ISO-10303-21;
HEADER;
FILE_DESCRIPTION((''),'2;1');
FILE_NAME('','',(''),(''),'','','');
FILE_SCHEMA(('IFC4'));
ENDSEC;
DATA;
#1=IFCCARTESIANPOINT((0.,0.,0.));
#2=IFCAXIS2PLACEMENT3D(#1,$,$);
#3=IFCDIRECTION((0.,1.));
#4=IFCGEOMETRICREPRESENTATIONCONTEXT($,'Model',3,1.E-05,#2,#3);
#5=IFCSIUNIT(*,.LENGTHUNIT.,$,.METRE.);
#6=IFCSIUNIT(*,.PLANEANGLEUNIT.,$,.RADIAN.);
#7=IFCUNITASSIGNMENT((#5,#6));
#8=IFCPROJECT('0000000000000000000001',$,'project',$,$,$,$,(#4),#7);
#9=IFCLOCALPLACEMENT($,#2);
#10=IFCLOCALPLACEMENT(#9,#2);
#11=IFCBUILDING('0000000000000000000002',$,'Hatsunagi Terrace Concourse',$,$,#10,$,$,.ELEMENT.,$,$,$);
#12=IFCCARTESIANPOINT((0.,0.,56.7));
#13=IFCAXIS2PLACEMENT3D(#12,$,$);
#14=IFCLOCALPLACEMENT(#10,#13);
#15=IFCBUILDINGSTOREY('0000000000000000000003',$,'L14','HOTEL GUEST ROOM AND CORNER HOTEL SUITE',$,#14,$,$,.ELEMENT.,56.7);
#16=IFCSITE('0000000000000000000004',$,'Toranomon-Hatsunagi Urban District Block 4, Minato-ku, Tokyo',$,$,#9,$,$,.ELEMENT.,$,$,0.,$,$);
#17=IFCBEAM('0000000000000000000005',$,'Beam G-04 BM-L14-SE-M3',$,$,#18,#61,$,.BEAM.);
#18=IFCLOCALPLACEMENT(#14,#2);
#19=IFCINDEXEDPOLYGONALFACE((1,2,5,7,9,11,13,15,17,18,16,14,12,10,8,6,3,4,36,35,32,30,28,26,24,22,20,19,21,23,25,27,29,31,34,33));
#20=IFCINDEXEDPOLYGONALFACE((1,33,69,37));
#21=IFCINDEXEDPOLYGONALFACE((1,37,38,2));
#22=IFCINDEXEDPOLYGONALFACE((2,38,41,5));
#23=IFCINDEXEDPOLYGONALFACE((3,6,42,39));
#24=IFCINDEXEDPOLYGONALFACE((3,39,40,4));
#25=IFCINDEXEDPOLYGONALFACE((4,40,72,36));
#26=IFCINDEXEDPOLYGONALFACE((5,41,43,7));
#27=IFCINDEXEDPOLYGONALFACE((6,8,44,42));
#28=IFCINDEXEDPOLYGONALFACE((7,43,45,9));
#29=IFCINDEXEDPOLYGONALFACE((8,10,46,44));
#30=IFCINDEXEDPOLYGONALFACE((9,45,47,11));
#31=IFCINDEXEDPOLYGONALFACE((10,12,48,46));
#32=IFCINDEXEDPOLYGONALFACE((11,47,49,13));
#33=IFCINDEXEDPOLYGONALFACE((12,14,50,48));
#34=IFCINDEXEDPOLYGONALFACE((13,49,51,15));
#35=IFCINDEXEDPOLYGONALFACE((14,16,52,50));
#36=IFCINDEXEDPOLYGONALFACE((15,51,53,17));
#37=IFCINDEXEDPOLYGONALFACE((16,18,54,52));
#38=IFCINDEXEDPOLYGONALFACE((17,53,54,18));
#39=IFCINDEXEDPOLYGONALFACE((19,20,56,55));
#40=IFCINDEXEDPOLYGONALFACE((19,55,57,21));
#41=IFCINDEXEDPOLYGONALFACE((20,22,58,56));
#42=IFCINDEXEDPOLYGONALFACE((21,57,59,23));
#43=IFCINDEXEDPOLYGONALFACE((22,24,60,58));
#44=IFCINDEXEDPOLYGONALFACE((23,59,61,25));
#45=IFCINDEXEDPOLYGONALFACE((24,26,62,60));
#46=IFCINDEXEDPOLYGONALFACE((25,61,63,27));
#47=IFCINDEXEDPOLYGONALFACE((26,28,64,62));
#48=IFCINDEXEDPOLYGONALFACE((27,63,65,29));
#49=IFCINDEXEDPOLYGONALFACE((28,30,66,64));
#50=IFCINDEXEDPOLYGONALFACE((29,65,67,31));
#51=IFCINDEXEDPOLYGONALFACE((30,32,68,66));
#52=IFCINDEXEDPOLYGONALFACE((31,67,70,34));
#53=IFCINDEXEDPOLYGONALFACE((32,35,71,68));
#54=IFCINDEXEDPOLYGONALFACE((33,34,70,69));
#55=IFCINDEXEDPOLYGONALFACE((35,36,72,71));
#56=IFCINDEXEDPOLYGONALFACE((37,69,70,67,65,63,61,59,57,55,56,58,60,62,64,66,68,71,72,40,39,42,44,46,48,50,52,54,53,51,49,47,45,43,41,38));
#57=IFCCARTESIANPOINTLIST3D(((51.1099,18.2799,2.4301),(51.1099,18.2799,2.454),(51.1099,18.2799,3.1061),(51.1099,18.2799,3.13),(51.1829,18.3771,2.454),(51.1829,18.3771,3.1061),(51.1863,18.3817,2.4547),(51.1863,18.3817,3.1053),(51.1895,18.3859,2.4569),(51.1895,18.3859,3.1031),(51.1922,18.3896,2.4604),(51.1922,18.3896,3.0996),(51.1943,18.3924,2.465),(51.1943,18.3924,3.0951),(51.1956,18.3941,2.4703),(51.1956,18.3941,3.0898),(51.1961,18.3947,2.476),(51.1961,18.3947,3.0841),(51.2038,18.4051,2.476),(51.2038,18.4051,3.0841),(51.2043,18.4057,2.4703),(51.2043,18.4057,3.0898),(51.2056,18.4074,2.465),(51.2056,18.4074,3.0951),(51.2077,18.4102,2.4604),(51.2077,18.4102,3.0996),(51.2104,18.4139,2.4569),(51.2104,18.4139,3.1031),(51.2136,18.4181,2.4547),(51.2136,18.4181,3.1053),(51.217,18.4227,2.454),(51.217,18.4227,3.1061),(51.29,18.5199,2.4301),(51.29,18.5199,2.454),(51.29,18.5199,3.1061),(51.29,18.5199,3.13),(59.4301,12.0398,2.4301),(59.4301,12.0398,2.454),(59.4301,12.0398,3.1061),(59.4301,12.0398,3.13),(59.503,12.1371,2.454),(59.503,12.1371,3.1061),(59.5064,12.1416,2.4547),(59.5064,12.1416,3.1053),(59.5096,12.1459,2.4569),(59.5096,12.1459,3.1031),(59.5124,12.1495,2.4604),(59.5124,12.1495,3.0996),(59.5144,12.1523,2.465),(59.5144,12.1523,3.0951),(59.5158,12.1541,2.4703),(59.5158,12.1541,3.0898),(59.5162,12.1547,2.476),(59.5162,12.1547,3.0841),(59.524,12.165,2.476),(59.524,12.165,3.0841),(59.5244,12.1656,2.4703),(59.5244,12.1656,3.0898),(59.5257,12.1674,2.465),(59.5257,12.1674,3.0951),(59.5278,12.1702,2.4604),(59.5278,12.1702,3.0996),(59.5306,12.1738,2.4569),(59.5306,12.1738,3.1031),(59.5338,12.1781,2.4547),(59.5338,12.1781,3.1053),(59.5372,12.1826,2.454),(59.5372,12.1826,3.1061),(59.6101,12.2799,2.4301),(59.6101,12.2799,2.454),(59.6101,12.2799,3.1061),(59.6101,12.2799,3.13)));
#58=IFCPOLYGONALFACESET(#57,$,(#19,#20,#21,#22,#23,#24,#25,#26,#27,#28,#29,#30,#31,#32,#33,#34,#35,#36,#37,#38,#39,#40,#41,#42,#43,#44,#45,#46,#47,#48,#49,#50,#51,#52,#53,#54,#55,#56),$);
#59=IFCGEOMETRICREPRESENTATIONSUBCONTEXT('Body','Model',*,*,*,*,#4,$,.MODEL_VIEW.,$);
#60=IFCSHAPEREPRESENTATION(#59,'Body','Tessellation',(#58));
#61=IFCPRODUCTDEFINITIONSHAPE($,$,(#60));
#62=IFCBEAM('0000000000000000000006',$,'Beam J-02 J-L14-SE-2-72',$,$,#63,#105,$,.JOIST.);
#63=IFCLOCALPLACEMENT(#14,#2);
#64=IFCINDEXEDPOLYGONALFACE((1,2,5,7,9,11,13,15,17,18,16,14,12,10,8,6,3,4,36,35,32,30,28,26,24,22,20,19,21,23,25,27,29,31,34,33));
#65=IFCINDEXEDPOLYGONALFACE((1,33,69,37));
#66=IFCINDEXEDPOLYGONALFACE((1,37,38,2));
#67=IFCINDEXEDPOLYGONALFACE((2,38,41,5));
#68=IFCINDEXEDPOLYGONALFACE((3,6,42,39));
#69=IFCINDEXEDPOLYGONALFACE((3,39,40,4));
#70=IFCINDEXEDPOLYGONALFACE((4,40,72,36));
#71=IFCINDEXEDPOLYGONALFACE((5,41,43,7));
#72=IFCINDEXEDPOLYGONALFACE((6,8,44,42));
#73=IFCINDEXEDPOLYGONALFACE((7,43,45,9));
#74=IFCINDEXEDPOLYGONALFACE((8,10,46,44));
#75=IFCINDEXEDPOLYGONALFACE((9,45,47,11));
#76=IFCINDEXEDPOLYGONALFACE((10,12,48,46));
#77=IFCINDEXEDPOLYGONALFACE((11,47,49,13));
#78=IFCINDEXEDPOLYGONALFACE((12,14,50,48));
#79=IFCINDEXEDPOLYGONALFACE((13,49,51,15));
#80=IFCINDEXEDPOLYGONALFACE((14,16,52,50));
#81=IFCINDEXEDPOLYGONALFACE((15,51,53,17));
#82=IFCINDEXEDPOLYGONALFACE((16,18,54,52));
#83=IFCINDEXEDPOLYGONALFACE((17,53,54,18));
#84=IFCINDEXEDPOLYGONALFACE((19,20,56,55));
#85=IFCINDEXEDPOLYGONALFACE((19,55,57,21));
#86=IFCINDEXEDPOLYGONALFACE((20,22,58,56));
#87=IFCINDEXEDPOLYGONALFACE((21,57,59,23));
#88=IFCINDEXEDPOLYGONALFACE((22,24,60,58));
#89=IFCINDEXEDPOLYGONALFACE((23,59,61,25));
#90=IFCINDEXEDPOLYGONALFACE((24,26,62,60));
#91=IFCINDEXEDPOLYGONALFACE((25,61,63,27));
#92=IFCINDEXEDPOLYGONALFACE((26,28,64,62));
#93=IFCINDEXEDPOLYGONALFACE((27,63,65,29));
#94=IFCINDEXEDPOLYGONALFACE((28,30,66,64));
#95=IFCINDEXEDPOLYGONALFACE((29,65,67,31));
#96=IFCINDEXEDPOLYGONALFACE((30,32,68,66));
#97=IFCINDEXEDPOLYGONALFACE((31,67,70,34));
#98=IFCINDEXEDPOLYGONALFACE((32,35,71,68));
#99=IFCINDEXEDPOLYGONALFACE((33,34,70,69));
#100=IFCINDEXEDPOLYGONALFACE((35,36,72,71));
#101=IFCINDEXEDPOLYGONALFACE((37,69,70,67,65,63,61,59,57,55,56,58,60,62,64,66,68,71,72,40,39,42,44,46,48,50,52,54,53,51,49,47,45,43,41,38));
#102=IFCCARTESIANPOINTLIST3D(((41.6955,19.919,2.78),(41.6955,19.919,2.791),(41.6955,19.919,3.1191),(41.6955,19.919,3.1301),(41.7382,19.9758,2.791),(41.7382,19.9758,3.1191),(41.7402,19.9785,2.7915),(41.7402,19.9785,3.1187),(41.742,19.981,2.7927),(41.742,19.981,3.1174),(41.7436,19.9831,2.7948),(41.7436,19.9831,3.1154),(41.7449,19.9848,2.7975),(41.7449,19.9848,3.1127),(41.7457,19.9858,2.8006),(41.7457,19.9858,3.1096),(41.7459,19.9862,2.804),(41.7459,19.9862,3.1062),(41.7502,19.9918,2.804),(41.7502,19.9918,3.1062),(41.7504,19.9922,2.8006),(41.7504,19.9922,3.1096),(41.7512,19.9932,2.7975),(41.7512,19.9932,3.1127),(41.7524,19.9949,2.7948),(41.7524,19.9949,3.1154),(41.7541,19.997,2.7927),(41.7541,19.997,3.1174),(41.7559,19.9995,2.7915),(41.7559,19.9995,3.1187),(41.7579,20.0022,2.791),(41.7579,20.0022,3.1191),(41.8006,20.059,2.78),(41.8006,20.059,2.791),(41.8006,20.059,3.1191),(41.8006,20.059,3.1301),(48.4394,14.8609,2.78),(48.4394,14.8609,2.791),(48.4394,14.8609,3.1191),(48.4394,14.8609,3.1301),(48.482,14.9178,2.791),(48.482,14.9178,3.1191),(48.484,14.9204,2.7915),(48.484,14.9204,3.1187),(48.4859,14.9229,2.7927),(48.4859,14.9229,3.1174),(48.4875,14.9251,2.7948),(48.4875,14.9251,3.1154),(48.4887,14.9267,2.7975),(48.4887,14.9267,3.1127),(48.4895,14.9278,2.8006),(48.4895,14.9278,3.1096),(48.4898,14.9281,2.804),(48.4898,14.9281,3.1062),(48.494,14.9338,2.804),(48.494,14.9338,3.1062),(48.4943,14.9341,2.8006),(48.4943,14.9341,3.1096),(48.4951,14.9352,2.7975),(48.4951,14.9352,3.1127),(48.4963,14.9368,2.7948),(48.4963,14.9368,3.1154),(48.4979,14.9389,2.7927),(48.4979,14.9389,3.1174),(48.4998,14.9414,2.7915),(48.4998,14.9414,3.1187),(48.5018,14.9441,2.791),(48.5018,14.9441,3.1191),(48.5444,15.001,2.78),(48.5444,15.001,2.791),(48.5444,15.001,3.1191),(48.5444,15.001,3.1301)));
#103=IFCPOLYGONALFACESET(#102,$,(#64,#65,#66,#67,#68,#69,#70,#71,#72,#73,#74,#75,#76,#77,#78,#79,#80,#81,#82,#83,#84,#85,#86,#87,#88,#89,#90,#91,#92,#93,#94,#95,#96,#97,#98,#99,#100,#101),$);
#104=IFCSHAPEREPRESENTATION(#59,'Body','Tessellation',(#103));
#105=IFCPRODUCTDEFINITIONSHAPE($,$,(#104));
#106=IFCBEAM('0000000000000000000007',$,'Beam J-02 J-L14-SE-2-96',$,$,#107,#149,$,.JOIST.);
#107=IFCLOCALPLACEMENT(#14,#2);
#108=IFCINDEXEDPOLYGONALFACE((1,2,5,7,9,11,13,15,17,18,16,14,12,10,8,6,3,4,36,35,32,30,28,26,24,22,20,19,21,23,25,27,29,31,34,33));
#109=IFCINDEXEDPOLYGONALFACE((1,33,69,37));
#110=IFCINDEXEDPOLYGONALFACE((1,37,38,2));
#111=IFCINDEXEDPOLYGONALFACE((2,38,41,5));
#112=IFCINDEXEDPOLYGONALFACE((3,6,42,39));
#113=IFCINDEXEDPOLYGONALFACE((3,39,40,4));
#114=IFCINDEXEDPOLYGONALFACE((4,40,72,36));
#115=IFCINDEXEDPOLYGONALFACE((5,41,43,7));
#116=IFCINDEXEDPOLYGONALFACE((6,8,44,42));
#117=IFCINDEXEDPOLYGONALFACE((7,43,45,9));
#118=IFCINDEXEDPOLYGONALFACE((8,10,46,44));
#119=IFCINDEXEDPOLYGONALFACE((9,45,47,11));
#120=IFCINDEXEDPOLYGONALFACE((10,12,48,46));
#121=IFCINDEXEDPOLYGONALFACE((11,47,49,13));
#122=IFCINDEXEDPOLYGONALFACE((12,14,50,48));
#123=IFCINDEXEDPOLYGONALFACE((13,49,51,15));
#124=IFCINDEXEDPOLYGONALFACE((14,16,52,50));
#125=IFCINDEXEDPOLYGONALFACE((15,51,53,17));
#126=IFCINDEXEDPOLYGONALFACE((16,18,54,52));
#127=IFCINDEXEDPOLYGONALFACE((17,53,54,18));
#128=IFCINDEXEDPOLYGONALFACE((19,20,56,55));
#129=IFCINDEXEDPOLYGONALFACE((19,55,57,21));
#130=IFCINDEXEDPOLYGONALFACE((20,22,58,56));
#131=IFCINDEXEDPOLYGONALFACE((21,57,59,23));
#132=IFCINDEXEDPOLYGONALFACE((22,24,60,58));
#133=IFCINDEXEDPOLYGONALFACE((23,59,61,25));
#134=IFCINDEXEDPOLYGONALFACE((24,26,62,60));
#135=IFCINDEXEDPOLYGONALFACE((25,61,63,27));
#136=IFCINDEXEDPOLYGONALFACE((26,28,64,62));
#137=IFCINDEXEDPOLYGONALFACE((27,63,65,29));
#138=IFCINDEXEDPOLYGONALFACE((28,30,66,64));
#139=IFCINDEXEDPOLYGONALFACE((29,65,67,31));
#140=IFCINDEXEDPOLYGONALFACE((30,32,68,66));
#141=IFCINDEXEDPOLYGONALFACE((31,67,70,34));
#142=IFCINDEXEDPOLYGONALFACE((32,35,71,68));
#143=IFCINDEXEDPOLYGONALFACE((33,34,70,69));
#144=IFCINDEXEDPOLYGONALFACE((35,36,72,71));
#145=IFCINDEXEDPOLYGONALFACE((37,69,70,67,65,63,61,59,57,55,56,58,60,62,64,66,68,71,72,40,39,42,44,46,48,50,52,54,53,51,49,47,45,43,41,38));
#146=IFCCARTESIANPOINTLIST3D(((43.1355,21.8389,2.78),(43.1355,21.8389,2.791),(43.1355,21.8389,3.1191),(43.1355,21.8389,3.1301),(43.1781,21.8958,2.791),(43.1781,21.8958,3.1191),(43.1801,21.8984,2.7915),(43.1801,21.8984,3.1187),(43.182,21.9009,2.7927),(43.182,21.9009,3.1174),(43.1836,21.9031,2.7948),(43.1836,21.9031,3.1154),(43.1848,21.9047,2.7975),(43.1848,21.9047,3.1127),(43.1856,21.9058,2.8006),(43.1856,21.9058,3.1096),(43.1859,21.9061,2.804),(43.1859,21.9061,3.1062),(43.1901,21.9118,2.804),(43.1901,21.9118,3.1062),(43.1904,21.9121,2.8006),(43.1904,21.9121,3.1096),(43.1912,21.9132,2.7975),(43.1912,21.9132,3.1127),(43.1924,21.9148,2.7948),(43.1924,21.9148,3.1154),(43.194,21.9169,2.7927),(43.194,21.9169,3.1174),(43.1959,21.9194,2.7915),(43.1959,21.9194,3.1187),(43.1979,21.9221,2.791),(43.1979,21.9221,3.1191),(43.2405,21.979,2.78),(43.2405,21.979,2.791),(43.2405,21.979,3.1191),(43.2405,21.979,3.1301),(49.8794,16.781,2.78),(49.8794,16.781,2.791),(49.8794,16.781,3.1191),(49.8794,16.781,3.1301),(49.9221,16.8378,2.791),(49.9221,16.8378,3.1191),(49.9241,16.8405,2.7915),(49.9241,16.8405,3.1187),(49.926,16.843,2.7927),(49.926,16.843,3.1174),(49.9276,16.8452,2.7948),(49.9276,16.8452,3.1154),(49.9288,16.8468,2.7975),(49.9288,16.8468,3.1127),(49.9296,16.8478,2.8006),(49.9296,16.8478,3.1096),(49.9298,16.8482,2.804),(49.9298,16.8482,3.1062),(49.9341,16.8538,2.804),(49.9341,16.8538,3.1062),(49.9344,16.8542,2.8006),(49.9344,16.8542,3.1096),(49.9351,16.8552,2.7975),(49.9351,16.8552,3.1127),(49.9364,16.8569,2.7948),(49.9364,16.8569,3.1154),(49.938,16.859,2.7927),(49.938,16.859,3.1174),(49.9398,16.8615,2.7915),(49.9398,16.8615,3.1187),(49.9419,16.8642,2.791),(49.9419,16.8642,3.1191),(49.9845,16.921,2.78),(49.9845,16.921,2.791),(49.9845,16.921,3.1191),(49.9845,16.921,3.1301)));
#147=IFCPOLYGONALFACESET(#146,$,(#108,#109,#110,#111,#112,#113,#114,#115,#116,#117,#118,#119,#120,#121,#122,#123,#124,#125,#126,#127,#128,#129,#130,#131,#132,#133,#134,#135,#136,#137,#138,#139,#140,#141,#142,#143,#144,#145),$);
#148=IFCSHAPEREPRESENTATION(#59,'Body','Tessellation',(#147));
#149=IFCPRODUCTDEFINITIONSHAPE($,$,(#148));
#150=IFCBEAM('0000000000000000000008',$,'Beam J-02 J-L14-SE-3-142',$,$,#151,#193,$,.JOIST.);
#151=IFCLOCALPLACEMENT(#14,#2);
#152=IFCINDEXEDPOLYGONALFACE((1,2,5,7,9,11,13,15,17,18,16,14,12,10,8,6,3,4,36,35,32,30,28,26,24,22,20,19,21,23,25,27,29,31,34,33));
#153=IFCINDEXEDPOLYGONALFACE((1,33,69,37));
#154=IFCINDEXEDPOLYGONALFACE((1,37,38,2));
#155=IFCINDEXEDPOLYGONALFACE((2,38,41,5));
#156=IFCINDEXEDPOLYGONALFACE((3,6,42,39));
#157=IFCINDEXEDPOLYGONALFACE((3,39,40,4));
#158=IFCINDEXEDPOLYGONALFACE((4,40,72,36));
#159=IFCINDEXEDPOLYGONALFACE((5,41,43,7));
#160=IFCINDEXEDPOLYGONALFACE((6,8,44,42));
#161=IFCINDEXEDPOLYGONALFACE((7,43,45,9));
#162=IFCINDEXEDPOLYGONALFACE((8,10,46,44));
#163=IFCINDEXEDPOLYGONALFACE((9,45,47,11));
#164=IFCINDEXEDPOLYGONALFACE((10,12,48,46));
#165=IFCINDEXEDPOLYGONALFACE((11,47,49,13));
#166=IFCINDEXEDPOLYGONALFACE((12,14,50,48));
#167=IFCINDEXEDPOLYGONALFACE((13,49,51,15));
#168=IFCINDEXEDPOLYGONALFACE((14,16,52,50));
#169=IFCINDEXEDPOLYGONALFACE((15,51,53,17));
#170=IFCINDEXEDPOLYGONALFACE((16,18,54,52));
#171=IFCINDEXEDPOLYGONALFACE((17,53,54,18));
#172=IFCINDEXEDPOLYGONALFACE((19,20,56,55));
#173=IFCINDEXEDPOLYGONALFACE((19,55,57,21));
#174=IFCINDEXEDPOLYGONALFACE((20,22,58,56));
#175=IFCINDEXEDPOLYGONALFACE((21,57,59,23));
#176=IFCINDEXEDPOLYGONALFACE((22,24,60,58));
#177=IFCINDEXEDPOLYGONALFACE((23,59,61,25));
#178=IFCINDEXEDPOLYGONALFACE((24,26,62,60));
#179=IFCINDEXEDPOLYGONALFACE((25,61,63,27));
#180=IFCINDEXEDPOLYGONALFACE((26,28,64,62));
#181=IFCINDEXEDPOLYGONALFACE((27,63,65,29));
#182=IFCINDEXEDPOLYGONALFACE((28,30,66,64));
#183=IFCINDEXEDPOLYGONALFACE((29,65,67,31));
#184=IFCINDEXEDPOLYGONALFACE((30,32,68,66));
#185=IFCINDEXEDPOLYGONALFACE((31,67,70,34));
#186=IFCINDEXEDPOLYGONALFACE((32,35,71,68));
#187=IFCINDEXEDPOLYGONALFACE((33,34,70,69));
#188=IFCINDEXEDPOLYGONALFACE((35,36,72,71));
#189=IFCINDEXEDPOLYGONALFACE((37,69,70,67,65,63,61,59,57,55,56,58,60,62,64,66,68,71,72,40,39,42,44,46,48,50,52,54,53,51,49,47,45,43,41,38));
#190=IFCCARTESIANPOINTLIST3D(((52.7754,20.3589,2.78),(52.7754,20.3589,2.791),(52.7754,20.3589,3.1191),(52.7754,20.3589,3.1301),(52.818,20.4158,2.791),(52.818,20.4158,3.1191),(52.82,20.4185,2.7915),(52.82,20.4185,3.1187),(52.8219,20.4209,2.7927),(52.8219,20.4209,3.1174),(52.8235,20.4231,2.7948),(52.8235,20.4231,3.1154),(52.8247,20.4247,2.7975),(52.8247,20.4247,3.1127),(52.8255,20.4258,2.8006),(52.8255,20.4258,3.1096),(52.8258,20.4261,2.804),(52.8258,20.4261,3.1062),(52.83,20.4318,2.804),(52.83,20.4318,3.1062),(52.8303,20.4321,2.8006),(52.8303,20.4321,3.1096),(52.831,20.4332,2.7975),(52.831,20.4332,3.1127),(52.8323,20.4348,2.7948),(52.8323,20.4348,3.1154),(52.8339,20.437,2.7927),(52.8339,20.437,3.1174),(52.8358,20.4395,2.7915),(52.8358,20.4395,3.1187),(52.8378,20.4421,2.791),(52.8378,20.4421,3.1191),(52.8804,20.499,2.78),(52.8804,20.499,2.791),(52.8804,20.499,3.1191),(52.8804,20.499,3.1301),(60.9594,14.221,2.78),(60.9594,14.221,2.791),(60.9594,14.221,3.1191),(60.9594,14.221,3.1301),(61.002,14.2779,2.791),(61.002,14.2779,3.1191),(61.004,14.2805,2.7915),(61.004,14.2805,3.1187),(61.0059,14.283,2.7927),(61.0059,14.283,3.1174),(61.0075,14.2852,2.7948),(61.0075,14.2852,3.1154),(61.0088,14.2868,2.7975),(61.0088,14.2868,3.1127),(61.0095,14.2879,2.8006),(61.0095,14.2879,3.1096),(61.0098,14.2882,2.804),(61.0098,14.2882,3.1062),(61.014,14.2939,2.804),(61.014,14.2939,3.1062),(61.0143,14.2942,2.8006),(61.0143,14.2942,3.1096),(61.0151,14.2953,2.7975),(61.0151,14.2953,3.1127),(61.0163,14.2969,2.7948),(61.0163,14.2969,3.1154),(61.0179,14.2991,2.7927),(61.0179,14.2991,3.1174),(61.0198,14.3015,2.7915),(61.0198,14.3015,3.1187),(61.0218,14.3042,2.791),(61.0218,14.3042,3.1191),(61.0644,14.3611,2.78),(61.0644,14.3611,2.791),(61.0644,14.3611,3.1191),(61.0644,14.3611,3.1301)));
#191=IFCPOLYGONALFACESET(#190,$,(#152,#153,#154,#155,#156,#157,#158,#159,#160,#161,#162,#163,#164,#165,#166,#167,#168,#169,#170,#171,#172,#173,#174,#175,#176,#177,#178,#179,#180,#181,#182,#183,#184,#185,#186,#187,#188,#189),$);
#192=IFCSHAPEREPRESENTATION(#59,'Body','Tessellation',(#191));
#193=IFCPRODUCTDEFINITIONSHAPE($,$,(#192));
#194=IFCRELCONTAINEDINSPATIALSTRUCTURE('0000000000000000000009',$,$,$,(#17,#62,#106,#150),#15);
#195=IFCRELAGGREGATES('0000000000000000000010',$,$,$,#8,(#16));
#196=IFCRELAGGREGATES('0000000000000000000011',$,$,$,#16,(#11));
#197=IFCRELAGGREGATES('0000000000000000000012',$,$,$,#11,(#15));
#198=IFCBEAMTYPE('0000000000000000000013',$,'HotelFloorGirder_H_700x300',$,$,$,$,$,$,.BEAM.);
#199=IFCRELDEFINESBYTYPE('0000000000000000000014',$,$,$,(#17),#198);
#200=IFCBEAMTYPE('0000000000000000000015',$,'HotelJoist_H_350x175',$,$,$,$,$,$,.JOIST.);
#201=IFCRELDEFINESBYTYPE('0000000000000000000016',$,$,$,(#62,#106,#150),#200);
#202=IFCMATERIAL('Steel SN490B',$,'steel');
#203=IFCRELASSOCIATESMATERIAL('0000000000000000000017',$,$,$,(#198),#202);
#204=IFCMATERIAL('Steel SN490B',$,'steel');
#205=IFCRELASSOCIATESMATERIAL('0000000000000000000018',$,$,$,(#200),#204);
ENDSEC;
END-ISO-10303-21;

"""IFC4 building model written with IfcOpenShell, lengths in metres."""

from ifc_helpers import new_model, si_unit, direction, frame, origin, origin_2d, place, context, subcontext, project, spatial, i_section, extrude, material, material_profile, profile_set, type_object, element, save


model = new_model("IFC4")

# Units and contexts
model_context = context("Model", 3, precision=1e-05, world=origin(), true_north=direction((0.0, 1.0)))
body_context = subcontext(model_context, "Body", "Model", "MODEL_VIEW")
ifc_project = project(units=[si_unit("LENGTHUNIT", "METRE"), si_unit("PLANEANGLEUNIT", "RADIAN")], contexts=[model_context])

# Site, building, storey
site_placement = place(None, origin())
site = spatial("IfcSite", under=ifc_project, at=site_placement, Name="Toranomon-Hatsunagi Urban District Block 4, Minato-ku, Tokyo", CompositionType="ELEMENT", RefElevation=0.0)
building_placement = place(site_placement, origin())
building = spatial("IfcBuilding", under=site, at=building_placement, Name="Hatsunagi Terrace Concourse", CompositionType="ELEMENT")
storey_placement = place(building_placement, frame((0.0, 0.0, 56.7)))
storey = spatial("IfcBuildingStorey", under=building, at=storey_placement, Name="L14", Description="HOTEL GUEST ROOM AND CORNER HOTEL SUITE", CompositionType="ELEMENT", Elevation=56.7)

# Beams
ifc_material_1 = material(Name="Steel SN490B", Category="steel")
ifc_material_profile_1 = material_profile(ifc_material_1, i_section(OverallWidth=0.3, OverallDepth=0.7, WebThickness=0.0129, FlangeThickness=0.0239, FilletRadius=0.022, at=origin_2d()), Name="H-700x300x13x24")
ifc_profile_set_1 = profile_set([ifc_material_profile_1], Name="Steel SN490B")
beam_type_1 = type_object("IfcBeamType", Name="HotelFloorGirder_H_700x300", PredefinedType="BEAM", material=ifc_profile_set_1)
beam_1_placement = place(storey_placement, frame((51.2, 18.3999, 2.78), z_axis=(0.800003, -0.599996, 0.0), x_axis=(0.599996, 0.800003, 0.0)))
element("IfcBeam", 1, at=beam_1_placement, inside=storey, type_object=beam_type_1, Name="Beam G-04 BM-L14-SE-M3", PredefinedType="BEAM", context=body_context, shape_type="SweptSolid", body=[
    extrude(i_section(OverallWidth=0.3, OverallDepth=0.7, WebThickness=0.0129, FlangeThickness=0.0239, FilletRadius=0.022, at=origin_2d()), origin(), (0.0, 0.0, 1.0), 10.4001),
])
ifc_material_2 = material(Name="Steel SN490B", Category="steel")
ifc_material_profile_2 = material_profile(ifc_material_2, i_section(OverallWidth=0.175, OverallDepth=0.3501, WebThickness=0.0071, FlangeThickness=0.011, FilletRadius=0.0129, at=origin_2d()), Name="H-350x175x7x11")
ifc_profile_set_2 = profile_set([ifc_material_profile_2], Name="Steel SN490B")
beam_type_2 = type_object("IfcBeamType", Name="HotelJoist_H_350x175", PredefinedType="JOIST", material=ifc_profile_set_2)
for number, where, z_axis, x_axis, name in (
    (2, (41.748, 19.989, 2.9551), (0.79999, -0.600014, 0.0), (0.600014, 0.79999, 0.0), "Beam J-02 J-L14-SE-2-72"),
    (3, (43.188, 21.9089, 2.9551), (0.800003, -0.599995, 0.0), (0.599995, 0.800003, 0.0), "Beam J-02 J-L14-SE-2-96"),
):
    element("IfcBeam", number, at=place(storey_placement, frame(where, z_axis=z_axis, x_axis=x_axis)), inside=storey, type_object=beam_type_2, Name=name, PredefinedType="JOIST", context=body_context, shape_type="SweptSolid", body=[
        extrude(i_section(OverallWidth=0.175, OverallDepth=0.3501, WebThickness=0.0071, FlangeThickness=0.011, FilletRadius=0.0129, at=origin_2d()), origin(), (0.0, 0.0, 1.0), 8.4299),
    ])
for number, where, z_axis, x_axis, name in (
    (4, (52.8279, 20.429, 2.9551), (0.800006, -0.599992, 0.0), (0.599992, 0.800006, 0.0), "Beam J-02 J-L14-SE-3-142"),
):
    element("IfcBeam", number, at=place(storey_placement, frame(where, z_axis=z_axis, x_axis=x_axis)), inside=storey, type_object=beam_type_2, Name=name, PredefinedType="JOIST", context=body_context, shape_type="SweptSolid", body=[
        extrude(i_section(OverallWidth=0.175, OverallDepth=0.3501, WebThickness=0.0071, FlangeThickness=0.011, FilletRadius=0.0129, at=origin_2d()), origin(), (0.0, 0.0, 1.0), 10.23),
    ])

save(model, "model.ifc")
